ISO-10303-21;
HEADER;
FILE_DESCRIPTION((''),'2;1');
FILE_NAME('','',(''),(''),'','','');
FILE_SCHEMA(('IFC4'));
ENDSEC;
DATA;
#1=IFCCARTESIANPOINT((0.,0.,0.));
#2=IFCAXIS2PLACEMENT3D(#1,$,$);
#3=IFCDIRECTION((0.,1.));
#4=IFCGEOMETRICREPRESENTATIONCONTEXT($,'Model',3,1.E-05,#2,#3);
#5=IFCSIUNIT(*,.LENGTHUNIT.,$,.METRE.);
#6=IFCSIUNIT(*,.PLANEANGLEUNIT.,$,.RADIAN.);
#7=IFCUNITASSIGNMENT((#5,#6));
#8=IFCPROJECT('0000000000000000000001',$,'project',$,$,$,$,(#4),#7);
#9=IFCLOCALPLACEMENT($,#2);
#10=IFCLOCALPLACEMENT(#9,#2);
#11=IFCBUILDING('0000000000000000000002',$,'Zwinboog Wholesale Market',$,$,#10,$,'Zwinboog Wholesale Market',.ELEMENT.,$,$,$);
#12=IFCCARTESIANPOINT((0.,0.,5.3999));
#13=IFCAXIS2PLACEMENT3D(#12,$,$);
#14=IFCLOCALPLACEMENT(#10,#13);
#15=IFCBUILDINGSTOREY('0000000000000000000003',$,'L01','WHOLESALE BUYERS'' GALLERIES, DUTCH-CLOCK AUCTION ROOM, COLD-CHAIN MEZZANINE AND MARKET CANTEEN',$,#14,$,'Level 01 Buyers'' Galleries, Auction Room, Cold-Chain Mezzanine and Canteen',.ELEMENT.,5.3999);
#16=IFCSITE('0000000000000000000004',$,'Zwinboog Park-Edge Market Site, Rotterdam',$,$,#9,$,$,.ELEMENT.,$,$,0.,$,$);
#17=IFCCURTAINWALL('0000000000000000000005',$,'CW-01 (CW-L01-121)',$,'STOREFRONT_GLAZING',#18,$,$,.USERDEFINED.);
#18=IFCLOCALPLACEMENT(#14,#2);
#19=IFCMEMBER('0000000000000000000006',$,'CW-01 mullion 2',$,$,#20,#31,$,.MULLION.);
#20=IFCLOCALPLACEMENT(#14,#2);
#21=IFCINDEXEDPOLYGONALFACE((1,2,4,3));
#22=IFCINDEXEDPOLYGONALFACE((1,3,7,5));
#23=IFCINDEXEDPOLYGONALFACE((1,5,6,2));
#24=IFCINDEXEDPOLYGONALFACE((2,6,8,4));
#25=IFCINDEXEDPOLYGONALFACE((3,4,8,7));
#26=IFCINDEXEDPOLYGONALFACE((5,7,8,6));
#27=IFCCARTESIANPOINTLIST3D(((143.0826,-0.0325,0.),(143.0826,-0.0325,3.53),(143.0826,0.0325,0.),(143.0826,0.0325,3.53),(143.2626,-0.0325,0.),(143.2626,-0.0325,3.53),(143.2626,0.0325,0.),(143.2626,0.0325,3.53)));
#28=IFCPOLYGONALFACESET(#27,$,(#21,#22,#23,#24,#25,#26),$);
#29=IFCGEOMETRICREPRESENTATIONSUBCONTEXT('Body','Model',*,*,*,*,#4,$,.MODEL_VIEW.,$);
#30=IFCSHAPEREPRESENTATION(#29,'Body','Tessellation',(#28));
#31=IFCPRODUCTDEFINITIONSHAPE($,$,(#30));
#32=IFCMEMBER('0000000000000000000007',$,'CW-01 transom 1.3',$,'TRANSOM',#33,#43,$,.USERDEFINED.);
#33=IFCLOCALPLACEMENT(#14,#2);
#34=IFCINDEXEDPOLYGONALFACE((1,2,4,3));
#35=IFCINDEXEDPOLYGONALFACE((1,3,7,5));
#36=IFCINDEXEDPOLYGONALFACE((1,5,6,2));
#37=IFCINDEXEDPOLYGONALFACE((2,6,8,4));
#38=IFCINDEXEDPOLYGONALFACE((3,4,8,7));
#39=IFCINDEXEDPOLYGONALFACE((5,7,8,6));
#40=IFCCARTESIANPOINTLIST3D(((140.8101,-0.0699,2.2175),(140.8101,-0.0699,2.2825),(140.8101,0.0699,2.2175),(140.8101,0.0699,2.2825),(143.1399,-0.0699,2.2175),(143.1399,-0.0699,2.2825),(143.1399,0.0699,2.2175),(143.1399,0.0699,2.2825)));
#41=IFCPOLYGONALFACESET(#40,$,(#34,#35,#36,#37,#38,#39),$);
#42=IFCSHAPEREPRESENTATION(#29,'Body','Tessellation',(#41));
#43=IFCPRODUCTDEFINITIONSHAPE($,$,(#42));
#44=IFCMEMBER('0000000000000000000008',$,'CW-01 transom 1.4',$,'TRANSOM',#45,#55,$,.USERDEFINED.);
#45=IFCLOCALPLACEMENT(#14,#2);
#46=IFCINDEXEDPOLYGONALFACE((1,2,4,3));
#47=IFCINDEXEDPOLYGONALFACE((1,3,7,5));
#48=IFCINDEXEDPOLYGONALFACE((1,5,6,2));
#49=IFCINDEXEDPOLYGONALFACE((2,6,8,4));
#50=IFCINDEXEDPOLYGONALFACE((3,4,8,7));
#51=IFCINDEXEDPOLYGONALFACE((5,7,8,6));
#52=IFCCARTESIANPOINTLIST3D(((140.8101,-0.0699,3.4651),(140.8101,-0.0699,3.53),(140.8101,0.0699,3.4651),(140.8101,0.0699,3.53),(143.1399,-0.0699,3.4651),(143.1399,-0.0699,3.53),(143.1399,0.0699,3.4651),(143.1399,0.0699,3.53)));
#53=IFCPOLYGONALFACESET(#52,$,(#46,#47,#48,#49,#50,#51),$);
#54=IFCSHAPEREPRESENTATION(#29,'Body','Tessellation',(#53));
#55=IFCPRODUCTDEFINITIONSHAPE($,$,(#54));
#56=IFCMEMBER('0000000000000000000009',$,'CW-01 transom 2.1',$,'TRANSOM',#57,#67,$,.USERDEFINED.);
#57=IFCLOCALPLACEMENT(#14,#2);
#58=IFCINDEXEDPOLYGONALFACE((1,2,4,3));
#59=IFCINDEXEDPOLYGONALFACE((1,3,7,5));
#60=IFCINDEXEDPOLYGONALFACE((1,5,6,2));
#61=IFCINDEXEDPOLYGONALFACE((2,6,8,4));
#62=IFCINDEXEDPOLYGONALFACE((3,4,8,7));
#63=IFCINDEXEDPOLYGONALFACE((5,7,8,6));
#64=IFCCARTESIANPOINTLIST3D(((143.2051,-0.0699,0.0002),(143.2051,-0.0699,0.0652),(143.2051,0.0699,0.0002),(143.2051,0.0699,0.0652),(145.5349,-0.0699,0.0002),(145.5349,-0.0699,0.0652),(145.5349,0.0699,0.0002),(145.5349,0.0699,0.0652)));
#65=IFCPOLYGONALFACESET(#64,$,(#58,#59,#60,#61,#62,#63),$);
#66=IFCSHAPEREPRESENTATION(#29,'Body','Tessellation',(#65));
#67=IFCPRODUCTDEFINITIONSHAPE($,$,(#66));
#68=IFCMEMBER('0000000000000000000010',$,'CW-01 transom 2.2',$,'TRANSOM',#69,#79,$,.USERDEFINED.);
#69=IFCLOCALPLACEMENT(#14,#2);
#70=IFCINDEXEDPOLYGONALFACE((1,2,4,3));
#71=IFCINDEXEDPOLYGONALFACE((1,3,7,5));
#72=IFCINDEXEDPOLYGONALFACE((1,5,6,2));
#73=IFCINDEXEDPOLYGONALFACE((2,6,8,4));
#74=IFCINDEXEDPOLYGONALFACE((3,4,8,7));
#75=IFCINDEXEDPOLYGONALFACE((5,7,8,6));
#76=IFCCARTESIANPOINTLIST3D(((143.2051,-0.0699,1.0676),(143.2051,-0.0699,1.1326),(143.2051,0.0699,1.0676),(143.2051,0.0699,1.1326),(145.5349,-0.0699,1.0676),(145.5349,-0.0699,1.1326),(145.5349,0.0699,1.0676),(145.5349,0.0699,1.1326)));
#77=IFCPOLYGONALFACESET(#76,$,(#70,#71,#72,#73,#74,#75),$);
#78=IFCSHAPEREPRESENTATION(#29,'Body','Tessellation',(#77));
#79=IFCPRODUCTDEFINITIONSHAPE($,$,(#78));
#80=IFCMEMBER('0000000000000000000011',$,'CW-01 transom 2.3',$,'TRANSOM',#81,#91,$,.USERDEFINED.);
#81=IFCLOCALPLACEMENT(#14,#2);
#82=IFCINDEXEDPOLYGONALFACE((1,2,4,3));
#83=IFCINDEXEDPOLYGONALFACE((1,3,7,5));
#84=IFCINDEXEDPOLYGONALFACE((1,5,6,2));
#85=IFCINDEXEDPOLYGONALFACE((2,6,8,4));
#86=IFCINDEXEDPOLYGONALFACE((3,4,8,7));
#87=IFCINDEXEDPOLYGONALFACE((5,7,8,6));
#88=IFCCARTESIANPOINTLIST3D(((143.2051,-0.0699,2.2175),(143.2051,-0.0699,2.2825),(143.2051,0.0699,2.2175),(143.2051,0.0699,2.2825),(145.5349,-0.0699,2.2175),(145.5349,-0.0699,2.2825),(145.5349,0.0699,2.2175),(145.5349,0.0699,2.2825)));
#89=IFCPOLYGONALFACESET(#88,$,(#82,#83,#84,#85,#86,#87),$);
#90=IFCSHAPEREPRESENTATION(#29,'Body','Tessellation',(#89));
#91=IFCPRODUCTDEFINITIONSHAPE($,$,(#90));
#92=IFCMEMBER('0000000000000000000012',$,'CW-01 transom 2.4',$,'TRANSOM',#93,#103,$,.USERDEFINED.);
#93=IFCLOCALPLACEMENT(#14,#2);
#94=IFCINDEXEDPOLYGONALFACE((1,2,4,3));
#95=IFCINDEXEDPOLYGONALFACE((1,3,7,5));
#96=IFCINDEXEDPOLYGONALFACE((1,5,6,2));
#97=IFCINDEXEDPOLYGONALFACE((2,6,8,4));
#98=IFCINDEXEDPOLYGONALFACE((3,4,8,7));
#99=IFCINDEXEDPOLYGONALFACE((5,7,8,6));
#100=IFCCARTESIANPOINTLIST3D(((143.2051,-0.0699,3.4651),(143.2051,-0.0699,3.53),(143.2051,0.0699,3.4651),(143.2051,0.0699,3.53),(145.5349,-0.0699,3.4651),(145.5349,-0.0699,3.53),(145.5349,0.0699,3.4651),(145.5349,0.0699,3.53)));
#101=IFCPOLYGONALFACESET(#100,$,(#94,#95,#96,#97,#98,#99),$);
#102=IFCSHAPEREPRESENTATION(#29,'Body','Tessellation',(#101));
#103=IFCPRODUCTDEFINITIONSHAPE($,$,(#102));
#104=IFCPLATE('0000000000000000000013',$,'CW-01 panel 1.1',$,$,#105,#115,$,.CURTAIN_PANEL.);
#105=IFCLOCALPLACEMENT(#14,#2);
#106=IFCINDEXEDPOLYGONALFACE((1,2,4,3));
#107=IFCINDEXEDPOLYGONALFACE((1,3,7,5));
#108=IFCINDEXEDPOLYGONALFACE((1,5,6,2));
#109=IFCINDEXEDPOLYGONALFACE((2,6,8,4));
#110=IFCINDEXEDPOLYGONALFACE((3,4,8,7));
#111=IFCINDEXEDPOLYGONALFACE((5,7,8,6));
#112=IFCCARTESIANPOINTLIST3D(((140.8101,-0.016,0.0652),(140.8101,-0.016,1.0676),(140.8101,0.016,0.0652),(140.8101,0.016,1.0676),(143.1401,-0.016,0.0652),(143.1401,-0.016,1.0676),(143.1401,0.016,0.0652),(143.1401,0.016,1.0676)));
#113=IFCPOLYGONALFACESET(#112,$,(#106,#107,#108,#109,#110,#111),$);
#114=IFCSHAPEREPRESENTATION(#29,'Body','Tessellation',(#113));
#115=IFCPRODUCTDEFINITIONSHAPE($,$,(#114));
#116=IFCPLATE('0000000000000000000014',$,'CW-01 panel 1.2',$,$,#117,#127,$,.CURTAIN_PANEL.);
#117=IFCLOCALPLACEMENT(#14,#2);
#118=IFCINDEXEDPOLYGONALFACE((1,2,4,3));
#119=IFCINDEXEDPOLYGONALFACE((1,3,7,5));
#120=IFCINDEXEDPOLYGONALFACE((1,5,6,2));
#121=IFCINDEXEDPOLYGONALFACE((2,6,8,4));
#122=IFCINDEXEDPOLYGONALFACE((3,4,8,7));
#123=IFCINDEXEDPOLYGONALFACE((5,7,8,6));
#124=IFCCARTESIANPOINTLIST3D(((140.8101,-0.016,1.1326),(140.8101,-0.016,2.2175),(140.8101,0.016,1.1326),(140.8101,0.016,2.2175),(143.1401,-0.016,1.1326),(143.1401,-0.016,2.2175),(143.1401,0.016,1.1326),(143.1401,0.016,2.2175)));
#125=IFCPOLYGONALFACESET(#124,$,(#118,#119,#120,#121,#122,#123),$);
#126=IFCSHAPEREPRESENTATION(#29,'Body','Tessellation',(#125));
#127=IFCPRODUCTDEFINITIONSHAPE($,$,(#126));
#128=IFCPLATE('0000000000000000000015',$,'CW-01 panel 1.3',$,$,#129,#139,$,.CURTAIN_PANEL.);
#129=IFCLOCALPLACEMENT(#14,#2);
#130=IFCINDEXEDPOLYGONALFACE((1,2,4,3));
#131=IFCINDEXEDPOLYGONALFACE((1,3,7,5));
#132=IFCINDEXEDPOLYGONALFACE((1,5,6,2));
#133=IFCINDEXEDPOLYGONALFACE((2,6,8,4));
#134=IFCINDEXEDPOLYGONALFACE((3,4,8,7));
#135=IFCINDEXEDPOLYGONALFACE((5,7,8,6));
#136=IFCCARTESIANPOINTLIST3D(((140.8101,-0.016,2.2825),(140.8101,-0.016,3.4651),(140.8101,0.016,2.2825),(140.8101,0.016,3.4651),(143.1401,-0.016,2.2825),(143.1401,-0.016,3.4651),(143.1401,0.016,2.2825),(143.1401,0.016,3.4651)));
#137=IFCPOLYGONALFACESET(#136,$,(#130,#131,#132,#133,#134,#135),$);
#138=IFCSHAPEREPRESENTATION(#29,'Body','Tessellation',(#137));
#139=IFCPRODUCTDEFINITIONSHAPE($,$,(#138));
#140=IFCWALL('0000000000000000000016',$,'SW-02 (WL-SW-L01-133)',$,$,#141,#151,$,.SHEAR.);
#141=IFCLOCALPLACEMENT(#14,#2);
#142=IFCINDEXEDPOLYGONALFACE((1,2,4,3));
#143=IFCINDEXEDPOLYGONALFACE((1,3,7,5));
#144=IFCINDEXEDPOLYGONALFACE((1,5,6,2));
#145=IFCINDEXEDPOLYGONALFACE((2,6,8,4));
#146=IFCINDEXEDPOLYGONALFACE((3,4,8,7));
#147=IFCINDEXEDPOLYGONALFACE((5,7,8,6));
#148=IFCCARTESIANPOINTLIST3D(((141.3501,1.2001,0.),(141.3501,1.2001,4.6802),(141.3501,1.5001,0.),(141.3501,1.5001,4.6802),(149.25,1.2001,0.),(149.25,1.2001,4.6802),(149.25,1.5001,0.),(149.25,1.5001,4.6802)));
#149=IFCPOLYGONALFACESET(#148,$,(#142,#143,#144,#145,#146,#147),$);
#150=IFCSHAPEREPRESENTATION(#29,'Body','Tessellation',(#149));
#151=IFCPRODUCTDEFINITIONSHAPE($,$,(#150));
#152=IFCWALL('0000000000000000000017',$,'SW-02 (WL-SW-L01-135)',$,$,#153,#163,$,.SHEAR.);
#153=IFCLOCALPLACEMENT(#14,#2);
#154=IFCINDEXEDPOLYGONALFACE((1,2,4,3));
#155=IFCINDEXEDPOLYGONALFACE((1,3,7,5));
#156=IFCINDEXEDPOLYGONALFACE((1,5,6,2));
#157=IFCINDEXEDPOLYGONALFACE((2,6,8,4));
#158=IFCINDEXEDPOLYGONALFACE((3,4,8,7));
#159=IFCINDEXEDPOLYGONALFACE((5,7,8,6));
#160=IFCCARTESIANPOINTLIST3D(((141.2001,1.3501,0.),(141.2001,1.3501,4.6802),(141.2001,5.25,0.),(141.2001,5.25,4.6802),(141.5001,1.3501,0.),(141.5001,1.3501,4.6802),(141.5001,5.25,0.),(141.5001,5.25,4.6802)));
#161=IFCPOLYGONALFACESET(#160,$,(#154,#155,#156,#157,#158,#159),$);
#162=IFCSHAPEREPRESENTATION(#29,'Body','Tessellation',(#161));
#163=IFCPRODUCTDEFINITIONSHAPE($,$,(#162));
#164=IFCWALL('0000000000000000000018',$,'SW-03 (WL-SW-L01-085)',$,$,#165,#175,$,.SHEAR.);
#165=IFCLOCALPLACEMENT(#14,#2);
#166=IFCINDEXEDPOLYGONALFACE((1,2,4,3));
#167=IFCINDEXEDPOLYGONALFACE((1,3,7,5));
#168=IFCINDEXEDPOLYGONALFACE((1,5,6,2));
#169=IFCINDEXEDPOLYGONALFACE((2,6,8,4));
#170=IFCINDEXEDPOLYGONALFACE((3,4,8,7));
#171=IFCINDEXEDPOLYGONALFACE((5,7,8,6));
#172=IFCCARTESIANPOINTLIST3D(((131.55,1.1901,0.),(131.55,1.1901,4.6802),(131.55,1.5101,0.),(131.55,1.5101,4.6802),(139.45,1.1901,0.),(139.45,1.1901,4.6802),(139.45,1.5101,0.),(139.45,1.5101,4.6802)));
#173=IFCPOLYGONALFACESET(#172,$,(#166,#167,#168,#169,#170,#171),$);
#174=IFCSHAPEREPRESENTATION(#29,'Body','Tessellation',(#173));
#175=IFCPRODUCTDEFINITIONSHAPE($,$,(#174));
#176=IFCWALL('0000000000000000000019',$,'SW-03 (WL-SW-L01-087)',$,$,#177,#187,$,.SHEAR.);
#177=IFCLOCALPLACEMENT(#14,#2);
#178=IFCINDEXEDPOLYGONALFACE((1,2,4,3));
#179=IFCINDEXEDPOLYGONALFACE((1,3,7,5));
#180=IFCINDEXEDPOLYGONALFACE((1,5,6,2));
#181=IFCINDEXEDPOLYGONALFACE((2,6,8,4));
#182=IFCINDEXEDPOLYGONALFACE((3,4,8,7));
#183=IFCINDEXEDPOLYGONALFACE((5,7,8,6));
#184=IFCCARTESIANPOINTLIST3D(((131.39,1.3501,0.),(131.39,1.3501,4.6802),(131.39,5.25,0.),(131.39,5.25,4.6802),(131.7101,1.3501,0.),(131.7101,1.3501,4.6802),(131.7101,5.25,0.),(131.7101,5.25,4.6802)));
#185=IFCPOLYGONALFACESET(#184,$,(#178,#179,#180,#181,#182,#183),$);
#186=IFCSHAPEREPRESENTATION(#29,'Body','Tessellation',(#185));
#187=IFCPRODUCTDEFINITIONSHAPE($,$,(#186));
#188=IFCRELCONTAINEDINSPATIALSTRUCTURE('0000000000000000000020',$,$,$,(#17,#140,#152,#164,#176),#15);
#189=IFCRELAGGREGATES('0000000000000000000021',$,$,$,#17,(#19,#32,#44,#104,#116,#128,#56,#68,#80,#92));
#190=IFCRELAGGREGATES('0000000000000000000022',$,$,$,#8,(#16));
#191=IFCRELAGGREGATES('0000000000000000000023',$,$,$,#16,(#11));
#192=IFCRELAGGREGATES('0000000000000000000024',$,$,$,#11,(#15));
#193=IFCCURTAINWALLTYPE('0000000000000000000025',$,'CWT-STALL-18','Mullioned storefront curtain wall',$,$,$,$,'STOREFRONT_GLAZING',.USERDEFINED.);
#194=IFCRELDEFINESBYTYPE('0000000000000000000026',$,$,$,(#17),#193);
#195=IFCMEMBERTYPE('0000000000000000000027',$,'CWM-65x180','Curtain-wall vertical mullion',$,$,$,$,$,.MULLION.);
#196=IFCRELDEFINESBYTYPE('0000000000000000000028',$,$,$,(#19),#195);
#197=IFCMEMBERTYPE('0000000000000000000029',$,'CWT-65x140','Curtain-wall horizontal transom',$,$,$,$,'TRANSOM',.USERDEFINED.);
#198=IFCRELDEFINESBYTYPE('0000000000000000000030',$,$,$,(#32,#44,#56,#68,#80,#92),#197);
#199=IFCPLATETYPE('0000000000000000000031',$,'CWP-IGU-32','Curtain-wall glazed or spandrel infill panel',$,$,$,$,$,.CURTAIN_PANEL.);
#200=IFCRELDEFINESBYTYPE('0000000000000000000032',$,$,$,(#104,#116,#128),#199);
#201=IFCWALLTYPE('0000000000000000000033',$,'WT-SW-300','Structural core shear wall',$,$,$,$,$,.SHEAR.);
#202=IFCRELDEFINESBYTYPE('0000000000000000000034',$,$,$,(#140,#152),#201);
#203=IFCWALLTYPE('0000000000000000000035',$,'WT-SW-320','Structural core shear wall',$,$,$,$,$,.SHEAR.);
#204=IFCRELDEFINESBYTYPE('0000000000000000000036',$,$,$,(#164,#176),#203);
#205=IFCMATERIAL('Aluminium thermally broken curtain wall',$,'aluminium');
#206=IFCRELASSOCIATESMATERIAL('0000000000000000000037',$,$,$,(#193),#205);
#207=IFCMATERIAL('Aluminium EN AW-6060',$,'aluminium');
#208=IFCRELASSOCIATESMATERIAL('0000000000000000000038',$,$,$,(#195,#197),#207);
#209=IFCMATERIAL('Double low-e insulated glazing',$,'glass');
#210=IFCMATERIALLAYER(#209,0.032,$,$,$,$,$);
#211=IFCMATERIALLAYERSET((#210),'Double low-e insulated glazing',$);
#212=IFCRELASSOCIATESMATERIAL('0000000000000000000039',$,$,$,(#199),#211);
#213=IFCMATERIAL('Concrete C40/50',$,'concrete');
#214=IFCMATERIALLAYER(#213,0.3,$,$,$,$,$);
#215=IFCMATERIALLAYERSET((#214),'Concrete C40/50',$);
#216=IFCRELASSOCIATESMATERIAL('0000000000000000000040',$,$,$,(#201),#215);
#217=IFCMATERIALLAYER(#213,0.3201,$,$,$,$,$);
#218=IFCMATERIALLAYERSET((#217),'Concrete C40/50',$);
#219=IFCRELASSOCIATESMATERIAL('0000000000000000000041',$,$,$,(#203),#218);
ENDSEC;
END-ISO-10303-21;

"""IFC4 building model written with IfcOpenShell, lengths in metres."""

from ifc_helpers import new_model, si_unit, direction, frame, frame_2d, origin, origin_2d, place, context, subcontext, project, spatial, rectangle, extrude, material, layer, layer_set, material_profile, profile_set, type_object, element, aggregate, save


model = new_model("IFC4")

# Units and contexts
model_context = context("Model", 3, precision=1e-05, world=origin(), true_north=direction((0.0, 1.0)))
body_context = subcontext(model_context, "Body", "Model", "MODEL_VIEW")
ifc_project = project(units=[si_unit("LENGTHUNIT", "METRE"), si_unit("PLANEANGLEUNIT", "RADIAN")], contexts=[model_context])

# Site, building, storey
site_placement = place(None, origin())
site = spatial("IfcSite", under=ifc_project, at=site_placement, Name="Zwinboog Park-Edge Market Site, Rotterdam", CompositionType="ELEMENT", RefElevation=0.0)
building_placement = place(site_placement, origin())
building = spatial("IfcBuilding", under=site, at=building_placement, Name="Zwinboog Wholesale Market", LongName="Zwinboog Wholesale Market", CompositionType="ELEMENT")
storey_placement = place(building_placement, frame((0.0, 0.0, 5.3999)))
storey = spatial("IfcBuildingStorey", under=building, at=storey_placement, Name="L01", Description="WHOLESALE BUYERS' GALLERIES, DUTCH-CLOCK AUCTION ROOM, COLD-CHAIN MEZZANINE AND MARKET CANTEEN", LongName="Level 01 Buyers' Galleries, Auction Room, Cold-Chain Mezzanine and Canteen", CompositionType="ELEMENT", Elevation=5.3999)

# Curtain wall, members, plates
ifc_material_1 = material(Name="Aluminium thermally broken curtain wall", Category="aluminium")
curtain_wall_type = type_object("IfcCurtainWallType", Name="CWT-STALL-18", Description="Mullioned storefront curtain wall", ElementType="STOREFRONT_GLAZING", PredefinedType="USERDEFINED", material=ifc_material_1)
curtain_wall_placement = place(storey_placement, origin())
curtain_wall = element("IfcCurtainWall", 1, at=curtain_wall_placement, inside=storey, type_object=curtain_wall_type, Name="CW-01 (CW-L01-121)", ObjectType="STOREFRONT_GLAZING", PredefinedType="USERDEFINED")
ifc_material_2 = material(Name="Aluminium EN AW-6060", Category="aluminium")
ifc_material_profile_1 = material_profile(ifc_material_2, rectangle(XDim=0.0649, YDim=0.1799, at=origin_2d()), Name="AL 65x180")
ifc_profile_set_1 = profile_set([ifc_material_profile_1], Name="Aluminium EN AW-6060")
member_type_1 = type_object("IfcMemberType", Name="CWM-65x180", Description="Curtain-wall vertical mullion", PredefinedType="MULLION", material=ifc_profile_set_1)
member_1_placement = place(storey_placement, frame((143.1726, 0.0, 0.0), z_axis=(0.0, 0.0, 1.0), x_axis=(0.0, 1.0, 0.0)))
member_1 = element("IfcMember", 2, at=member_1_placement, type_object=member_type_1, Name="CW-01 mullion 2", PredefinedType="MULLION", context=body_context, shape_type="SweptSolid", body=[
    extrude(rectangle(XDim=0.0649, YDim=0.1799, at=origin_2d()), origin(), (0.0, 0.0, 1.0), 3.53),
])
ifc_material_profile_2 = material_profile(ifc_material_2, rectangle(XDim=0.1399, YDim=0.0649, at=origin_2d()), Name="AL 65x140")
ifc_profile_set_2 = profile_set([ifc_material_profile_2], Name="Aluminium EN AW-6060")
member_type_2 = type_object("IfcMemberType", Name="CWT-65x140", Description="Curtain-wall horizontal transom", ElementType="TRANSOM", PredefinedType="USERDEFINED", material=ifc_profile_set_2)
member_2_placement = place(storey_placement, frame((140.8101, 0.0, 2.25), z_axis=(1.0, 0.0, 0.0), x_axis=(0.0, 1.0, 0.0)))
member_2 = element("IfcMember", 3, at=member_2_placement, type_object=member_type_2, Name="CW-01 transom 1.3", ObjectType="TRANSOM", PredefinedType="USERDEFINED", context=body_context, shape_type="SweptSolid", body=[
    extrude(rectangle(XDim=0.1399, YDim=0.0649, at=origin_2d()), origin(), (0.0, 0.0, 1.0), 2.3298),
])
member_3_placement = place(storey_placement, frame((140.8101, 0.0, 3.4976), z_axis=(1.0, 0.0, 0.0), x_axis=(0.0, 1.0, 0.0)))
member_3 = element("IfcMember", 4, at=member_3_placement, type_object=member_type_2, Name="CW-01 transom 1.4", ObjectType="TRANSOM", PredefinedType="USERDEFINED", context=body_context, shape_type="SweptSolid", body=[
    extrude(rectangle(XDim=0.1399, YDim=0.0649, at=origin_2d()), origin(), (0.0, 0.0, 1.0), 2.3298),
])
member_4_placement = place(storey_placement, frame((143.2051, 0.0, 0.0327), z_axis=(1.0, 0.0, 0.0), x_axis=(0.0, 1.0, 0.0)))
member_4 = element("IfcMember", 5, at=member_4_placement, type_object=member_type_2, Name="CW-01 transom 2.1", ObjectType="TRANSOM", PredefinedType="USERDEFINED", context=body_context, shape_type="SweptSolid", body=[
    extrude(rectangle(XDim=0.1399, YDim=0.0649, at=origin_2d()), origin(), (0.0, 0.0, 1.0), 2.3298),
])
member_5_placement = place(storey_placement, frame((143.2051, 0.0, 1.1001), z_axis=(1.0, 0.0, 0.0), x_axis=(0.0, 1.0, 0.0)))
member_5 = element("IfcMember", 6, at=member_5_placement, type_object=member_type_2, Name="CW-01 transom 2.2", ObjectType="TRANSOM", PredefinedType="USERDEFINED", context=body_context, shape_type="SweptSolid", body=[
    extrude(rectangle(XDim=0.1399, YDim=0.0649, at=origin_2d()), origin(), (0.0, 0.0, 1.0), 2.3298),
])
member_6_placement = place(storey_placement, frame((143.2051, 0.0, 2.25), z_axis=(1.0, 0.0, 0.0), x_axis=(0.0, 1.0, 0.0)))
member_6 = element("IfcMember", 7, at=member_6_placement, type_object=member_type_2, Name="CW-01 transom 2.3", ObjectType="TRANSOM", PredefinedType="USERDEFINED", context=body_context, shape_type="SweptSolid", body=[
    extrude(rectangle(XDim=0.1399, YDim=0.0649, at=origin_2d()), origin(), (0.0, 0.0, 1.0), 2.3298),
])
member_7_placement = place(storey_placement, frame((143.2051, 0.0, 3.4976), z_axis=(1.0, 0.0, 0.0), x_axis=(0.0, 1.0, 0.0)))
member_7 = element("IfcMember", 8, at=member_7_placement, type_object=member_type_2, Name="CW-01 transom 2.4", ObjectType="TRANSOM", PredefinedType="USERDEFINED", context=body_context, shape_type="SweptSolid", body=[
    extrude(rectangle(XDim=0.1399, YDim=0.0649, at=origin_2d()), origin(), (0.0, 0.0, 1.0), 2.3298),
])
ifc_material_3 = material(Name="Double low-e insulated glazing", Category="glass")
ifc_layer_1 = layer(ifc_material_3, 0.032)
ifc_layer_set_1 = layer_set([ifc_layer_1], Name="Double low-e insulated glazing")
plate_type = type_object("IfcPlateType", Name="CWP-IGU-32", Description="Curtain-wall glazed or spandrel infill panel", PredefinedType="CURTAIN_PANEL", material=ifc_layer_set_1)
plate_1_placement = place(storey_placement, frame((141.9751, 0.0, 0.0652), z_axis=(0.0, 0.0, 1.0), x_axis=(1.0, 0.0, 0.0)))
plate_1 = element("IfcPlate", 9, at=plate_1_placement, type_object=plate_type, Name="CW-01 panel 1.1", PredefinedType="CURTAIN_PANEL", context=body_context, shape_type="SweptSolid", body=[
    extrude(rectangle(XDim=2.3301, YDim=0.032, at=origin_2d()), origin(), (0.0, 0.0, 1.0), 1.0024),
])
plate_2_placement = place(storey_placement, frame((141.9751, 0.0, 1.1326), z_axis=(0.0, 0.0, 1.0), x_axis=(1.0, 0.0, 0.0)))
plate_2 = element("IfcPlate", 10, at=plate_2_placement, type_object=plate_type, Name="CW-01 panel 1.2", PredefinedType="CURTAIN_PANEL", context=body_context, shape_type="SweptSolid", body=[
    extrude(rectangle(XDim=2.3301, YDim=0.032, at=origin_2d()), origin(), (0.0, 0.0, 1.0), 1.085),
])
plate_3_placement = place(storey_placement, frame((141.9751, 0.0, 2.2825), z_axis=(0.0, 0.0, 1.0), x_axis=(1.0, 0.0, 0.0)))
plate_3 = element("IfcPlate", 11, at=plate_3_placement, type_object=plate_type, Name="CW-01 panel 1.3", PredefinedType="CURTAIN_PANEL", context=body_context, shape_type="SweptSolid", body=[
    extrude(rectangle(XDim=2.3301, YDim=0.032, at=origin_2d()), origin(), (0.0, 0.0, 1.0), 1.1826),
])
aggregate(curtain_wall, [member_1, member_2, member_3, plate_1, plate_2, plate_3, member_4, member_5, member_6, member_7])

# Walls
ifc_material_4 = material(Name="Concrete C40/50", Category="concrete")
ifc_layer_2 = layer(ifc_material_4, 0.3)
ifc_layer_set_2 = layer_set([ifc_layer_2], Name="Concrete C40/50")
wall_type_1 = type_object("IfcWallType", Name="WT-SW-300", Description="Structural core shear wall", PredefinedType="SHEAR", material=ifc_layer_set_2)
wall_1_placement = place(storey_placement, frame((141.3501, 1.3501, 0.0), z_axis=(0.0, 0.0, 1.0), x_axis=(1.0, 0.0, 0.0)))
element("IfcWall", 12, at=wall_1_placement, inside=storey, type_object=wall_type_1, Name="SW-02 (WL-SW-L01-133)", PredefinedType="SHEAR", context=body_context, shape_type="SweptSolid", body=[
    extrude(rectangle(XDim=7.8999, YDim=0.3, at=frame_2d((3.95, 0.0))), origin(), (0.0, 0.0, 1.0), 4.6802),
])
wall_2_placement = place(storey_placement, frame((141.3501, 1.3501, 0.0), z_axis=(0.0, 0.0, 1.0), x_axis=(0.0, 1.0, 0.0)))
element("IfcWall", 13, at=wall_2_placement, inside=storey, type_object=wall_type_1, Name="SW-02 (WL-SW-L01-135)", PredefinedType="SHEAR", context=body_context, shape_type="SweptSolid", body=[
    extrude(rectangle(XDim=3.8999, YDim=0.3, at=frame_2d((1.95, 0.0))), origin(), (0.0, 0.0, 1.0), 4.6802),
])
ifc_layer_3 = layer(ifc_material_4, 0.3201)
ifc_layer_set_3 = layer_set([ifc_layer_3], Name="Concrete C40/50")
wall_type_2 = type_object("IfcWallType", Name="WT-SW-320", Description="Structural core shear wall", PredefinedType="SHEAR", material=ifc_layer_set_3)
wall_3_placement = place(storey_placement, frame((131.55, 1.3501, 0.0), z_axis=(0.0, 0.0, 1.0), x_axis=(1.0, 0.0, 0.0)))
element("IfcWall", 14, at=wall_3_placement, inside=storey, type_object=wall_type_2, Name="SW-03 (WL-SW-L01-085)", PredefinedType="SHEAR", context=body_context, shape_type="SweptSolid", body=[
    extrude(rectangle(XDim=7.8999, YDim=0.3201, at=frame_2d((3.95, 0.0))), origin(), (0.0, 0.0, 1.0), 4.6802),
])
for number, where, z_axis, x_axis, name in (
    (15, (131.55, 1.3501, 0.0), (0.0, 0.0, 1.0), (0.0, 1.0, 0.0), "SW-03 (WL-SW-L01-087)"),
):
    element("IfcWall", number, at=place(storey_placement, frame(where, z_axis=z_axis, x_axis=x_axis)), inside=storey, type_object=wall_type_2, Name=name, PredefinedType="SHEAR", context=body_context, shape_type="SweptSolid", body=[
        extrude(rectangle(XDim=3.8999, YDim=0.3201, at=frame_2d((1.95, 0.0))), origin(), (0.0, 0.0, 1.0), 4.6802),
    ])

save(model, "model.ifc")
